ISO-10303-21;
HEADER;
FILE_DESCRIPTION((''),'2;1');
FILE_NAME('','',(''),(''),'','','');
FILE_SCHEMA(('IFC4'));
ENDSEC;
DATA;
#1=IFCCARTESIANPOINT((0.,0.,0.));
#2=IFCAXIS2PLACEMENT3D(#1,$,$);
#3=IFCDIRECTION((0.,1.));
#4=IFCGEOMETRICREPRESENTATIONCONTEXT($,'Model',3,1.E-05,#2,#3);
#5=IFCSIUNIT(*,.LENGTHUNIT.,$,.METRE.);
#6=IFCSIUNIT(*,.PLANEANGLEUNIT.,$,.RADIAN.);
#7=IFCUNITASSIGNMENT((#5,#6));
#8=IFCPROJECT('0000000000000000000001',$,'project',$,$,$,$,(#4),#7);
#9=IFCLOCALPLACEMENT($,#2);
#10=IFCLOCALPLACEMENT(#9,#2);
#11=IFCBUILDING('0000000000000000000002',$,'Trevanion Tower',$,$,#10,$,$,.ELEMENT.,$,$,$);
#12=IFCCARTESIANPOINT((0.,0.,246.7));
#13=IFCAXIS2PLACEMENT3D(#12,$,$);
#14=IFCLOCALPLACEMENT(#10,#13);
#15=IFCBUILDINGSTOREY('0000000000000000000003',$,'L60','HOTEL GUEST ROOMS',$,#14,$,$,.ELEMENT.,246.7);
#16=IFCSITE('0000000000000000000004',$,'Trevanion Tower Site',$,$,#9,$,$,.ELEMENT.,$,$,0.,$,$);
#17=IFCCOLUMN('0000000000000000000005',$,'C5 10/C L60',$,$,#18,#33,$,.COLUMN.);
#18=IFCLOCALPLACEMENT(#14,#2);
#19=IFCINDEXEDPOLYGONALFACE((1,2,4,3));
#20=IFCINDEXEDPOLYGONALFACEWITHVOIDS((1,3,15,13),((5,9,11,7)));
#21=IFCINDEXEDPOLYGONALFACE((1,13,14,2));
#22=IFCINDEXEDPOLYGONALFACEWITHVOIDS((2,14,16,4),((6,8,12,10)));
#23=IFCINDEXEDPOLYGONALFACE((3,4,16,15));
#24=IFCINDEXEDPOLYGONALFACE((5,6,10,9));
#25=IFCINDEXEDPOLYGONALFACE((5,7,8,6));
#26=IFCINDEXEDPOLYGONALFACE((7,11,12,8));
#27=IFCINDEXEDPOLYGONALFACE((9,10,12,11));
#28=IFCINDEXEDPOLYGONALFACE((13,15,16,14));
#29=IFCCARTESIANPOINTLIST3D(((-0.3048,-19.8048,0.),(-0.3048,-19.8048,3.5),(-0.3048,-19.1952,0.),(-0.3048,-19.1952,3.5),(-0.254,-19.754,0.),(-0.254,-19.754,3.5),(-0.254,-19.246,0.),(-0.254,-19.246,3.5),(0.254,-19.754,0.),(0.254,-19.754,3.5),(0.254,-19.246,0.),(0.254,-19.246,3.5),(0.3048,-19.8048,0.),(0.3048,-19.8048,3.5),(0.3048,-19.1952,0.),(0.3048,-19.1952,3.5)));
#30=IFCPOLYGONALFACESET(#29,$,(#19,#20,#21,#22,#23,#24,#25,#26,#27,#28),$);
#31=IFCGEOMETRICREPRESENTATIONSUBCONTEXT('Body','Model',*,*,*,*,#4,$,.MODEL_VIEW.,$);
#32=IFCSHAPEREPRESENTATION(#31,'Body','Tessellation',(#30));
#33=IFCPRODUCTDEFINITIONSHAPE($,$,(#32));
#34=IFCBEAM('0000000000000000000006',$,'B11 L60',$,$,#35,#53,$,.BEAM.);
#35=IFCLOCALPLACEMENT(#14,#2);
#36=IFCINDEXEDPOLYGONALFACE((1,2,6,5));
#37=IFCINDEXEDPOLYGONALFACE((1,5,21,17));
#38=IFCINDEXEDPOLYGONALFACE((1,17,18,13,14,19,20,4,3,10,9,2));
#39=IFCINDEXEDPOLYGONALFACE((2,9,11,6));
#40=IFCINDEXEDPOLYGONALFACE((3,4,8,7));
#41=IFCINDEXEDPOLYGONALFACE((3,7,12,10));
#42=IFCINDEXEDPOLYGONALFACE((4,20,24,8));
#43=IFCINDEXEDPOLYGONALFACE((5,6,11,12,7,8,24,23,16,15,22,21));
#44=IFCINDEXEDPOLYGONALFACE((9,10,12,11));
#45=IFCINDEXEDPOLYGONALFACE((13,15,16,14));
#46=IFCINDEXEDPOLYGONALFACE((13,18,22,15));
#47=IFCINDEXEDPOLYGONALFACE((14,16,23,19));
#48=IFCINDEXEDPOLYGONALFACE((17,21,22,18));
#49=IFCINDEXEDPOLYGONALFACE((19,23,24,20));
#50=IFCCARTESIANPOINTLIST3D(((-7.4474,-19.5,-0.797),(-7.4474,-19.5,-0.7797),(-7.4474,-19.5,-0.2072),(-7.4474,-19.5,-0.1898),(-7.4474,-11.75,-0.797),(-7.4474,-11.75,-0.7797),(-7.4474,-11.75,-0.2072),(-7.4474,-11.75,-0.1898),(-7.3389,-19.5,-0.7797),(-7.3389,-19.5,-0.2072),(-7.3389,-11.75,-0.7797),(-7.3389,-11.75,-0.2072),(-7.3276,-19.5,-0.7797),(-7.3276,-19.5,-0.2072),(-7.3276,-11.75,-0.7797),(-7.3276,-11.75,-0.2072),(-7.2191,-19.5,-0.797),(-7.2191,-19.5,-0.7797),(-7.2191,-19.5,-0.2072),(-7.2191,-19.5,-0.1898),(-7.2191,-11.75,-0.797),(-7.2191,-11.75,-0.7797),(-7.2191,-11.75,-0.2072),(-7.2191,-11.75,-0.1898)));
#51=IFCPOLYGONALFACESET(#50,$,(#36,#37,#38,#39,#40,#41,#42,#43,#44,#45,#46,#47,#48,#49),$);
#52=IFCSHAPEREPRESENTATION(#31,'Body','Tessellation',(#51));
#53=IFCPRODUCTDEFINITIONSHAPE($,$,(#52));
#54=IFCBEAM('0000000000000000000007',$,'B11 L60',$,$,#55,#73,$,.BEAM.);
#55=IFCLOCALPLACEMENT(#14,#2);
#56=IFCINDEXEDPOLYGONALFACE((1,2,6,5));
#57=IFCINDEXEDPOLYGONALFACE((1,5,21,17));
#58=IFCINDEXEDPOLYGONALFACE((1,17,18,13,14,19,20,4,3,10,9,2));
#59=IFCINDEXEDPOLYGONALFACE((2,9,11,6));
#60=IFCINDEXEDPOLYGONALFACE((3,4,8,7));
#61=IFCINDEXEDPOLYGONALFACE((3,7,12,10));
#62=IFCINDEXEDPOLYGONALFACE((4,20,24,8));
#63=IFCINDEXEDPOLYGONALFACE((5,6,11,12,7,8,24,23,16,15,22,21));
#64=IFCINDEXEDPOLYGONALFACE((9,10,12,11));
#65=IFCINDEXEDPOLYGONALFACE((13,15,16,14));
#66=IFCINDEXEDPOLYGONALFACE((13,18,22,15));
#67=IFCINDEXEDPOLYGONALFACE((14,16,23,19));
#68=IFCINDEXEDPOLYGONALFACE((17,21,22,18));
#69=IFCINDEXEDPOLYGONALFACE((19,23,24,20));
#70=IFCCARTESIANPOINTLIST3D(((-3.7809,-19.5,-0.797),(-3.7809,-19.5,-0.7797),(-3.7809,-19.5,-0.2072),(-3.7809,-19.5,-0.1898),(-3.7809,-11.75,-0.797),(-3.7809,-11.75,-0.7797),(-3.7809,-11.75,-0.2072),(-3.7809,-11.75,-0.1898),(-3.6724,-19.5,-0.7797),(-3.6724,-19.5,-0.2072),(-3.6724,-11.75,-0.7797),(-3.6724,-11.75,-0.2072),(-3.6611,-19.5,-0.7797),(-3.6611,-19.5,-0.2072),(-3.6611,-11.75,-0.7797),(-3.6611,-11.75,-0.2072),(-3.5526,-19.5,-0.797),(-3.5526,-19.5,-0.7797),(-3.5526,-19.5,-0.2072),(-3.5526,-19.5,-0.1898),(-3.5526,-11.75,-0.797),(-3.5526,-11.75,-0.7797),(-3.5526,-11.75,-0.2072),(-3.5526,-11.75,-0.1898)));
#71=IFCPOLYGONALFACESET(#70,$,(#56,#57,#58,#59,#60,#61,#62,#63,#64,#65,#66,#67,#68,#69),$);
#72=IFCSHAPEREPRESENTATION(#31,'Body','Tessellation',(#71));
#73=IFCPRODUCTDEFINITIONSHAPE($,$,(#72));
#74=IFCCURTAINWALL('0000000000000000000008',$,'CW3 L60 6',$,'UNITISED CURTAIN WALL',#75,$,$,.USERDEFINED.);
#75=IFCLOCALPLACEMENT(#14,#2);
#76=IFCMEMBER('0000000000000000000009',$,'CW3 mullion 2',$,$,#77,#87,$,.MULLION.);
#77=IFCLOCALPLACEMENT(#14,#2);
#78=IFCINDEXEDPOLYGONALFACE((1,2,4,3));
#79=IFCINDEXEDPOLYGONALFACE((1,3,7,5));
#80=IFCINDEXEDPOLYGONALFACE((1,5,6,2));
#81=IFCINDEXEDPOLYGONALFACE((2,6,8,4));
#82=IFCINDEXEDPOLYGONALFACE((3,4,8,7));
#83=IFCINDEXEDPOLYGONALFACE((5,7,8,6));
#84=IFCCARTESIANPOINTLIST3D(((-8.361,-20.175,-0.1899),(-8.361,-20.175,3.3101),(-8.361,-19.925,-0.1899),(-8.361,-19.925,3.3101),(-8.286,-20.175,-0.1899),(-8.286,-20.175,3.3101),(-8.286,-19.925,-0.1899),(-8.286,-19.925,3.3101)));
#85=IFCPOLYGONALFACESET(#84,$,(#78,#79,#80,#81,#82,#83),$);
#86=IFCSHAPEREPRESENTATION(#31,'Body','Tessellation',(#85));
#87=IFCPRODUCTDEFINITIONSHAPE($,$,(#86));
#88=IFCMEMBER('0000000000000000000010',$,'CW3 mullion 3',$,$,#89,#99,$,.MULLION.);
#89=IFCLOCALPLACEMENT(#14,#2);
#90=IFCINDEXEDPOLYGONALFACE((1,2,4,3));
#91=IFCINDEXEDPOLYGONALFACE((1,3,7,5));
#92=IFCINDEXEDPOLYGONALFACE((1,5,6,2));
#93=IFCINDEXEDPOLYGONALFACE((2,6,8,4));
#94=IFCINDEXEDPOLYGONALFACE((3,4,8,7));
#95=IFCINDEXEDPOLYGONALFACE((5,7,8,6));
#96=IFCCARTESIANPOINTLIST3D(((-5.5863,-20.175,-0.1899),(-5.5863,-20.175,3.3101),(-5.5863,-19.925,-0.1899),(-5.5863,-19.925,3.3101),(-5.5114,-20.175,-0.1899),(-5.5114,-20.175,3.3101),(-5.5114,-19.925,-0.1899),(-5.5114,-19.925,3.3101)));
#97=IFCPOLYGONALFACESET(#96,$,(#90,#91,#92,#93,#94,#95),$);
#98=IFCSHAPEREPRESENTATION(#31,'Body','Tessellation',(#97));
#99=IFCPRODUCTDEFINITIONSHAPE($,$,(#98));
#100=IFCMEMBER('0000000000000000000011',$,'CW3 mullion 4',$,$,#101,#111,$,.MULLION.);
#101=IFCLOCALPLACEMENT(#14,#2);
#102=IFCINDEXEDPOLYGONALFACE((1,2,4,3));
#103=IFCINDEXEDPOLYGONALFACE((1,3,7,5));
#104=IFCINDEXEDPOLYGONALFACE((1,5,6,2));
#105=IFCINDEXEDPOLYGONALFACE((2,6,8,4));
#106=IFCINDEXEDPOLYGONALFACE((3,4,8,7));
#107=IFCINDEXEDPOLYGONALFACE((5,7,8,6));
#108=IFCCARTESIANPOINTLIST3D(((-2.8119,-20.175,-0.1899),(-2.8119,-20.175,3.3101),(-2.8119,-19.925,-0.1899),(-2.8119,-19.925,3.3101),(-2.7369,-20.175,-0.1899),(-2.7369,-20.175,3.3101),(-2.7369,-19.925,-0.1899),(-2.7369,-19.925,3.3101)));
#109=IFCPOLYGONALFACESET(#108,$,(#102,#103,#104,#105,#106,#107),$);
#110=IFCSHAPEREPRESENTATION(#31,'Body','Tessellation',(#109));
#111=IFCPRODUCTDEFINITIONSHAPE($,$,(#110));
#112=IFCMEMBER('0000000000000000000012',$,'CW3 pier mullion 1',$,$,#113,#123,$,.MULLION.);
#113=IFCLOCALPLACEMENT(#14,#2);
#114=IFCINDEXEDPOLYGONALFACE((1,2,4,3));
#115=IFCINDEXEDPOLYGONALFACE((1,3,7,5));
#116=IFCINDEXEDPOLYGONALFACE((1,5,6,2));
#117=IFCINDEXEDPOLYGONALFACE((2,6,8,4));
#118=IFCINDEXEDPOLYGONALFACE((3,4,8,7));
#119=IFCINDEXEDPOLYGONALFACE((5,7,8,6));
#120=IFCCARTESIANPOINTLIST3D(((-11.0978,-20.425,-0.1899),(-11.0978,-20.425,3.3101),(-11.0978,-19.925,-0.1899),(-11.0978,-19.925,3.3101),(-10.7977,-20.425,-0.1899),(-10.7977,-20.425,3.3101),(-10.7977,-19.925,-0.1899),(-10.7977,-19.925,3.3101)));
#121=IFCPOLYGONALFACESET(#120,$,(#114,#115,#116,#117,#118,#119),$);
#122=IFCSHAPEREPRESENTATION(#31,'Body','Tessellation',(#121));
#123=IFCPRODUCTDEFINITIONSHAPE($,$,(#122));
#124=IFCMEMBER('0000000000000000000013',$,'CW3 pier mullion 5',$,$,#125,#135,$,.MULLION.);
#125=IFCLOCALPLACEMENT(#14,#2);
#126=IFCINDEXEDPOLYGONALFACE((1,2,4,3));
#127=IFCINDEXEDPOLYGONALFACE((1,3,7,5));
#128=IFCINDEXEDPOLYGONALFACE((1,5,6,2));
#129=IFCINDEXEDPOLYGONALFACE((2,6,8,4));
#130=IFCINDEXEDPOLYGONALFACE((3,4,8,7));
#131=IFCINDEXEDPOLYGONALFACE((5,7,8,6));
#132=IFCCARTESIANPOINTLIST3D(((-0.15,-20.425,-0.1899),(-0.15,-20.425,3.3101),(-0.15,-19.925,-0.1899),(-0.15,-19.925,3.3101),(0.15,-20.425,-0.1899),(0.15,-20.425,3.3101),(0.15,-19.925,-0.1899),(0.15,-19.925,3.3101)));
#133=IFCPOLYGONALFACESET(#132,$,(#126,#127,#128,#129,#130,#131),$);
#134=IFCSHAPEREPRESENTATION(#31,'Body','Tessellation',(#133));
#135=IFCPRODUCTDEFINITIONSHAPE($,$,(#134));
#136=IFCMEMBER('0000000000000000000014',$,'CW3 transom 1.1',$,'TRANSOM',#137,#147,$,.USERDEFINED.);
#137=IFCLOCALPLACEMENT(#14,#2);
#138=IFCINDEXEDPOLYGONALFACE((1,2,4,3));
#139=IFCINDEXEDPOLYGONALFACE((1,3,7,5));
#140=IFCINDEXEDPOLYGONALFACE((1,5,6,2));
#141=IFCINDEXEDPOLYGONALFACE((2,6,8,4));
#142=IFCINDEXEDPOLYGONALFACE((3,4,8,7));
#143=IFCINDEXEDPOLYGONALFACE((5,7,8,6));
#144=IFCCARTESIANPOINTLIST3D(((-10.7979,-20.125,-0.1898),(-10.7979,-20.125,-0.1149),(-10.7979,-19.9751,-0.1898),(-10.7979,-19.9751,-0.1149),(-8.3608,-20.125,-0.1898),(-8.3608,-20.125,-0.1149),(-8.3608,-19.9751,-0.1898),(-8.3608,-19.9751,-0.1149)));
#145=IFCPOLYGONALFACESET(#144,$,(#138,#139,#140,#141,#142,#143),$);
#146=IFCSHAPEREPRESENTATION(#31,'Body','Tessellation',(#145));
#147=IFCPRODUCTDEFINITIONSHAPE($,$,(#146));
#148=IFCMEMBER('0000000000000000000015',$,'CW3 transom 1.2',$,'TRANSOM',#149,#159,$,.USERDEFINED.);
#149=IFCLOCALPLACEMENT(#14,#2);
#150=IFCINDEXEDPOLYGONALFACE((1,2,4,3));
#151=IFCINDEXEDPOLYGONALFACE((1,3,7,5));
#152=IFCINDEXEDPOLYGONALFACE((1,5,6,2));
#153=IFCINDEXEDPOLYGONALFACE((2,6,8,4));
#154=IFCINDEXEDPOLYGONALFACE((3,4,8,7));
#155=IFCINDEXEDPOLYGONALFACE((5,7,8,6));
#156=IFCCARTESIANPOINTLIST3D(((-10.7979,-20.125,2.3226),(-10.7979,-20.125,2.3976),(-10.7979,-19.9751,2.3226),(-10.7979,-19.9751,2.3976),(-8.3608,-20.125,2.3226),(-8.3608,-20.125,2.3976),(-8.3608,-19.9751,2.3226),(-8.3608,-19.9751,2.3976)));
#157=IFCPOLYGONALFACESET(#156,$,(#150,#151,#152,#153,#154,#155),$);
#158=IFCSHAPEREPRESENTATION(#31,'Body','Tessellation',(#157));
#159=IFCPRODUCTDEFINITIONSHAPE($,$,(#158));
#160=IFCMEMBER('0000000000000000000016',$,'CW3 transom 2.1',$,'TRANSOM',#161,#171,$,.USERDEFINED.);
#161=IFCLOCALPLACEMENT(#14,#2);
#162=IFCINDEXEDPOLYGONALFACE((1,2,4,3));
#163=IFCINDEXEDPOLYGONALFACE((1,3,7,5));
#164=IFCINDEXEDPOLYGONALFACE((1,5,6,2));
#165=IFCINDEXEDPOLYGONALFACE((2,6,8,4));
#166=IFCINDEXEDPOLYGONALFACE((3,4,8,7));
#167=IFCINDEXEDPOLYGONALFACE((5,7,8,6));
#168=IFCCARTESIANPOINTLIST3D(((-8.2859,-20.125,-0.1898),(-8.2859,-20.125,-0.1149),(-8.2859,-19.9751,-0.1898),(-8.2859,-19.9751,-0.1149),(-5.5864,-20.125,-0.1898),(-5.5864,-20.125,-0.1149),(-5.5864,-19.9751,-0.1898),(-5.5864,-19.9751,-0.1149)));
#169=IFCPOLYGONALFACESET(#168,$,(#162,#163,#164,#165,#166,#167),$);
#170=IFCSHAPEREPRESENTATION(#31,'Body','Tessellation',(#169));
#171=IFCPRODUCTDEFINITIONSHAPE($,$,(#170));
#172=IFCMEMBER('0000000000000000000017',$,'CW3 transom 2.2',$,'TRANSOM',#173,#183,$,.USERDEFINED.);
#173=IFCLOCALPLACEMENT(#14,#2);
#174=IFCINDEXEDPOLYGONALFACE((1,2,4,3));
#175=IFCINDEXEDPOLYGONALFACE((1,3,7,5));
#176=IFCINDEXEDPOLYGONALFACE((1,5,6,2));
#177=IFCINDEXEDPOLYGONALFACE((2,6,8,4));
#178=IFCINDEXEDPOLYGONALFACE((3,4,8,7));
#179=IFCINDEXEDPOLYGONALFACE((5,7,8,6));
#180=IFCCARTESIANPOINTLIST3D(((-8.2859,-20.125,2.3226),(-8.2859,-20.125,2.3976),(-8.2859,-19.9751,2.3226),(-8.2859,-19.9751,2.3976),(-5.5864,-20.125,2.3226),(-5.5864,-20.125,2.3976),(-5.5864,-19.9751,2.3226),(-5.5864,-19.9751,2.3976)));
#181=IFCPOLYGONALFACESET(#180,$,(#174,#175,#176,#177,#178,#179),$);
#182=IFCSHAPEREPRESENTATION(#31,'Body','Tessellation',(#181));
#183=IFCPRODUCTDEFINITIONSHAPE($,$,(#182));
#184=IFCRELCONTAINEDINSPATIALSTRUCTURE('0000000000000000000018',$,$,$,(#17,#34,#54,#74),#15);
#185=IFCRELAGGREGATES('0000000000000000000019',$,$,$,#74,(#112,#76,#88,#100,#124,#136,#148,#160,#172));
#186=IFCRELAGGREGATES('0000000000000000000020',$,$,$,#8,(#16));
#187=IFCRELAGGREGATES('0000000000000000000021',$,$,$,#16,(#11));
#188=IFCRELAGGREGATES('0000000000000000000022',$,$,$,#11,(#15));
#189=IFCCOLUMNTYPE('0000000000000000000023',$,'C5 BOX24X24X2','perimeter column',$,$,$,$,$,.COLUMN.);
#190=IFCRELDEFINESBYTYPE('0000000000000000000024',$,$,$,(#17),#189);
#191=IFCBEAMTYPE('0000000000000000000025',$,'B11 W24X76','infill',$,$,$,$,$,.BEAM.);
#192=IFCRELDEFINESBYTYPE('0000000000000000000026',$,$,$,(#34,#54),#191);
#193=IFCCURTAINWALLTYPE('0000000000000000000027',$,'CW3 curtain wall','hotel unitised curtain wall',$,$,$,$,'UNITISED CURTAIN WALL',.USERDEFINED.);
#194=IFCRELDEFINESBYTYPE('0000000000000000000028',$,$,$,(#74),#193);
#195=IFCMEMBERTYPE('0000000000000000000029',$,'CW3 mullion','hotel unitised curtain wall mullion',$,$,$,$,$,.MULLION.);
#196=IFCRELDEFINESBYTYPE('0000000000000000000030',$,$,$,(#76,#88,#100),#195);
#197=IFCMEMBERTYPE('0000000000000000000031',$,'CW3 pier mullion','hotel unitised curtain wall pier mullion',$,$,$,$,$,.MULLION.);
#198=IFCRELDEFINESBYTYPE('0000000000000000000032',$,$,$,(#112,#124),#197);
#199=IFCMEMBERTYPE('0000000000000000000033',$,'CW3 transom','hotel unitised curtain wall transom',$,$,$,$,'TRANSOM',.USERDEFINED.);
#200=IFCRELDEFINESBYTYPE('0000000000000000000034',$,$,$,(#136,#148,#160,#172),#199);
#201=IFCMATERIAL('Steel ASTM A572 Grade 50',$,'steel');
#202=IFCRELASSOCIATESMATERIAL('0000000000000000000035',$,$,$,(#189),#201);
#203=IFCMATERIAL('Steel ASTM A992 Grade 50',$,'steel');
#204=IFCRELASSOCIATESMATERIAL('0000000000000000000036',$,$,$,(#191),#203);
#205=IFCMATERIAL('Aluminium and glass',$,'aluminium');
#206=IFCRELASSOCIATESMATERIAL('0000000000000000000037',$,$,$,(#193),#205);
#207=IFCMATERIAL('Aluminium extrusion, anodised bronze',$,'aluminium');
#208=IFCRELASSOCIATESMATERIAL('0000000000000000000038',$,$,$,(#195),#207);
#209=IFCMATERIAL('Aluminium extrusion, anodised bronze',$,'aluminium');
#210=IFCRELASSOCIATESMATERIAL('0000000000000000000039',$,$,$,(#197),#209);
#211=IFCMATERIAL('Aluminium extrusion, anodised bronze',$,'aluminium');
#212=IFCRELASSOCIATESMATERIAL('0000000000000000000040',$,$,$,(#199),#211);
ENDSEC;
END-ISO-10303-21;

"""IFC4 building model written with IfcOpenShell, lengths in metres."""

from ifc_helpers import new_model, si_unit, direction, frame, origin, origin_2d, place, context, subcontext, project, spatial, rectangle, hollow_rectangle, i_section, extrude, material, material_profile, profile_set, type_object, element, aggregate, save


model = new_model("IFC4")

# Units and contexts
model_context = context("Model", 3, precision=1e-05, world=origin(), true_north=direction((0.0, 1.0)))
body_context = subcontext(model_context, "Body", "Model", "MODEL_VIEW")
ifc_project = project(units=[si_unit("LENGTHUNIT", "METRE"), si_unit("PLANEANGLEUNIT", "RADIAN")], contexts=[model_context])

# Site, building, storey
site_placement = place(None, origin())
site = spatial("IfcSite", under=ifc_project, at=site_placement, Name="Trevanion Tower Site", CompositionType="ELEMENT", RefElevation=0.0)
building_placement = place(site_placement, origin())
building = spatial("IfcBuilding", under=site, at=building_placement, Name="Trevanion Tower", CompositionType="ELEMENT")
storey_placement = place(building_placement, frame((0.0, 0.0, 246.7)))
storey = spatial("IfcBuildingStorey", under=building, at=storey_placement, Name="L60", Description="HOTEL GUEST ROOMS", CompositionType="ELEMENT", Elevation=246.7)

# Column
ifc_material_1 = material(Name="Steel ASTM A572 Grade 50", Category="steel")
ifc_material_profile_1 = material_profile(ifc_material_1, hollow_rectangle(XDim=0.6096, YDim=0.6096, WallThickness=0.0508, at=origin_2d()), Name="BOX24X24X2")
ifc_profile_set_1 = profile_set([ifc_material_profile_1], Name="Steel ASTM A572 Grade 50")
column_type = type_object("IfcColumnType", Name="C5 BOX24X24X2", Description="perimeter column", PredefinedType="COLUMN", material=ifc_profile_set_1)
column_placement = place(storey_placement, frame((0.0, -19.5, 0.0), z_axis=(0.0, 0.0, 1.0), x_axis=(1.0, 0.0, 0.0)))
element("IfcColumn", 1, at=column_placement, inside=storey, type_object=column_type, Name="C5 10/C L60", PredefinedType="COLUMN", context=body_context, shape_type="SweptSolid", body=[
    extrude(hollow_rectangle(XDim=0.6096, YDim=0.6096, WallThickness=0.0508, at=origin_2d()), origin(), (0.0, 0.0, 1.0), 3.5),
])

# Beams
ifc_material_2 = material(Name="Steel ASTM A992 Grade 50", Category="steel")
ifc_material_profile_2 = material_profile(ifc_material_2, i_section(OverallWidth=0.2283, OverallDepth=0.6072, WebThickness=0.0112, FlangeThickness=0.0173, at=origin_2d()), Name="W24X76")
ifc_profile_set_2 = profile_set([ifc_material_profile_2], Name="Steel ASTM A992 Grade 50")
beam_type_1 = type_object("IfcBeamType", Name="B11 W24X76", Description="infill", PredefinedType="BEAM", material=ifc_profile_set_2)
for number, where, z_axis, x_axis, name in (
    (2, (-7.3333, -11.75, -0.4934), (0.0, -1.0, 0.0), (1.0, 0.0, 0.0), "B11 L60"),
    (3, (-3.6667, -11.75, -0.4934), (0.0, -1.0, 0.0), (1.0, 0.0, 0.0), "B11 L60"),
):
    element("IfcBeam", number, at=place(storey_placement, frame(where, z_axis=z_axis, x_axis=x_axis)), inside=storey, type_object=beam_type_1, Name=name, PredefinedType="BEAM", context=body_context, shape_type="SweptSolid", body=[
        extrude(i_section(OverallWidth=0.2283, OverallDepth=0.6072, WebThickness=0.0112, FlangeThickness=0.0173, at=origin_2d()), origin(), (0.0, 0.0, 1.0), 7.75),
    ])

# Curtain wall, members
ifc_material_3 = material(Name="Aluminium and glass", Category="aluminium")
curtain_wall_type = type_object("IfcCurtainWallType", Name="CW3 curtain wall", Description="hotel unitised curtain wall", ElementType="UNITISED CURTAIN WALL", PredefinedType="USERDEFINED", material=ifc_material_3)
curtain_wall_placement = place(storey_placement, origin())
curtain_wall = element("IfcCurtainWall", 4, at=curtain_wall_placement, inside=storey, type_object=curtain_wall_type, Name="CW3 L60 6", ObjectType="UNITISED CURTAIN WALL", PredefinedType="USERDEFINED")
ifc_material_4 = material(Name="Aluminium extrusion, anodised bronze", Category="aluminium")
ifc_material_profile_3 = material_profile(ifc_material_4, rectangle(XDim=0.075, YDim=0.25, at=origin_2d()), Name="CW3 mullion")
ifc_profile_set_3 = profile_set([ifc_material_profile_3], Name="Aluminium extrusion, anodised bronze")
member_type_1 = type_object("IfcMemberType", Name="CW3 mullion", Description="hotel unitised curtain wall mullion", PredefinedType="MULLION", material=ifc_profile_set_3)
member_1_placement = place(storey_placement, frame((-8.3235, -20.05, -0.1899), z_axis=(0.0, 0.0, 1.0), x_axis=(1.0, 0.0, 0.0)))
member_1 = element("IfcMember", 5, at=member_1_placement, type_object=member_type_1, Name="CW3 mullion 2", PredefinedType="MULLION", context=body_context, shape_type="SweptSolid", body=[
    extrude(rectangle(XDim=0.075, YDim=0.25, at=origin_2d()), origin(), (0.0, 0.0, 1.0), 3.5),
])
member_2_placement = place(storey_placement, frame((-5.5488, -20.05, -0.1899), z_axis=(0.0, 0.0, 1.0), x_axis=(1.0, 0.0, 0.0)))
member_2 = element("IfcMember", 6, at=member_2_placement, type_object=member_type_1, Name="CW3 mullion 3", PredefinedType="MULLION", context=body_context, shape_type="SweptSolid", body=[
    extrude(rectangle(XDim=0.075, YDim=0.25, at=origin_2d()), origin(), (0.0, 0.0, 1.0), 3.5),
])
member_3_placement = place(storey_placement, frame((-2.7744, -20.05, -0.1899), z_axis=(0.0, 0.0, 1.0), x_axis=(1.0, 0.0, 0.0)))
member_3 = element("IfcMember", 7, at=member_3_placement, type_object=member_type_1, Name="CW3 mullion 4", PredefinedType="MULLION", context=body_context, shape_type="SweptSolid", body=[
    extrude(rectangle(XDim=0.075, YDim=0.25, at=origin_2d()), origin(), (0.0, 0.0, 1.0), 3.5),
])
ifc_material_5 = material(Name="Aluminium extrusion, anodised bronze", Category="aluminium")
ifc_material_profile_4 = material_profile(ifc_material_5, rectangle(XDim=0.3, YDim=0.5, at=origin_2d()), Name="CW3 pier mullion")
ifc_profile_set_4 = profile_set([ifc_material_profile_4], Name="Aluminium extrusion, anodised bronze")
member_type_2 = type_object("IfcMemberType", Name="CW3 pier mullion", Description="hotel unitised curtain wall pier mullion", PredefinedType="MULLION", material=ifc_profile_set_4)
member_4_placement = place(storey_placement, frame((-10.9478, -20.175, -0.1899), z_axis=(0.0, 0.0, 1.0), x_axis=(1.0, 0.0, 0.0)))
member_4 = element("IfcMember", 8, at=member_4_placement, type_object=member_type_2, Name="CW3 pier mullion 1", PredefinedType="MULLION", context=body_context, shape_type="SweptSolid", body=[
    extrude(rectangle(XDim=0.3, YDim=0.5, at=origin_2d()), origin(), (0.0, 0.0, 1.0), 3.5),
])
member_5_placement = place(storey_placement, frame((0.0, -20.175, -0.1899), z_axis=(0.0, 0.0, 1.0), x_axis=(1.0, 0.0, 0.0)))
member_5 = element("IfcMember", 9, at=member_5_placement, type_object=member_type_2, Name="CW3 pier mullion 5", PredefinedType="MULLION", context=body_context, shape_type="SweptSolid", body=[
    extrude(rectangle(XDim=0.3, YDim=0.5, at=origin_2d()), origin(), (0.0, 0.0, 1.0), 3.5),
])
ifc_material_6 = material(Name="Aluminium extrusion, anodised bronze", Category="aluminium")
ifc_material_profile_5 = material_profile(ifc_material_6, rectangle(XDim=0.1499, YDim=0.075, at=origin_2d()), Name="CW3 transom")
ifc_profile_set_5 = profile_set([ifc_material_profile_5], Name="Aluminium extrusion, anodised bronze")
member_type_3 = type_object("IfcMemberType", Name="CW3 transom", Description="hotel unitised curtain wall transom", ElementType="TRANSOM", PredefinedType="USERDEFINED", material=ifc_profile_set_5)
member_6_placement = place(storey_placement, frame((-10.7979, -20.05, -0.1523), z_axis=(1.0, 0.0, 0.0), x_axis=(0.0, 1.0, 0.0)))
member_6 = element("IfcMember", 10, at=member_6_placement, type_object=member_type_3, Name="CW3 transom 1.1", ObjectType="TRANSOM", PredefinedType="USERDEFINED", context=body_context, shape_type="SweptSolid", body=[
    extrude(rectangle(XDim=0.1499, YDim=0.075, at=origin_2d()), origin(), (0.0, 0.0, 1.0), 2.437),
])
member_7_placement = place(storey_placement, frame((-10.7979, -20.05, 2.3601), z_axis=(1.0, 0.0, 0.0), x_axis=(0.0, 1.0, 0.0)))
member_7 = element("IfcMember", 11, at=member_7_placement, type_object=member_type_3, Name="CW3 transom 1.2", ObjectType="TRANSOM", PredefinedType="USERDEFINED", context=body_context, shape_type="SweptSolid", body=[
    extrude(rectangle(XDim=0.1499, YDim=0.075, at=origin_2d()), origin(), (0.0, 0.0, 1.0), 2.437),
])
member_8_placement = place(storey_placement, frame((-8.2859, -20.05, -0.1523), z_axis=(1.0, 0.0, 0.0), x_axis=(0.0, 1.0, 0.0)))
member_8 = element("IfcMember", 12, at=member_8_placement, type_object=member_type_3, Name="CW3 transom 2.1", ObjectType="TRANSOM", PredefinedType="USERDEFINED", context=body_context, shape_type="SweptSolid", body=[
    extrude(rectangle(XDim=0.1499, YDim=0.075, at=origin_2d()), origin(), (0.0, 0.0, 1.0), 2.6995),
])
member_9_placement = place(storey_placement, frame((-8.2859, -20.05, 2.3601), z_axis=(1.0, 0.0, 0.0), x_axis=(0.0, 1.0, 0.0)))
member_9 = element("IfcMember", 13, at=member_9_placement, type_object=member_type_3, Name="CW3 transom 2.2", ObjectType="TRANSOM", PredefinedType="USERDEFINED", context=body_context, shape_type="SweptSolid", body=[
    extrude(rectangle(XDim=0.1499, YDim=0.075, at=origin_2d()), origin(), (0.0, 0.0, 1.0), 2.6995),
])

aggregate(curtain_wall, [member_4, member_1, member_2, member_3, member_5, member_6, member_7, member_8, member_9])

save(model, "model.ifc")
